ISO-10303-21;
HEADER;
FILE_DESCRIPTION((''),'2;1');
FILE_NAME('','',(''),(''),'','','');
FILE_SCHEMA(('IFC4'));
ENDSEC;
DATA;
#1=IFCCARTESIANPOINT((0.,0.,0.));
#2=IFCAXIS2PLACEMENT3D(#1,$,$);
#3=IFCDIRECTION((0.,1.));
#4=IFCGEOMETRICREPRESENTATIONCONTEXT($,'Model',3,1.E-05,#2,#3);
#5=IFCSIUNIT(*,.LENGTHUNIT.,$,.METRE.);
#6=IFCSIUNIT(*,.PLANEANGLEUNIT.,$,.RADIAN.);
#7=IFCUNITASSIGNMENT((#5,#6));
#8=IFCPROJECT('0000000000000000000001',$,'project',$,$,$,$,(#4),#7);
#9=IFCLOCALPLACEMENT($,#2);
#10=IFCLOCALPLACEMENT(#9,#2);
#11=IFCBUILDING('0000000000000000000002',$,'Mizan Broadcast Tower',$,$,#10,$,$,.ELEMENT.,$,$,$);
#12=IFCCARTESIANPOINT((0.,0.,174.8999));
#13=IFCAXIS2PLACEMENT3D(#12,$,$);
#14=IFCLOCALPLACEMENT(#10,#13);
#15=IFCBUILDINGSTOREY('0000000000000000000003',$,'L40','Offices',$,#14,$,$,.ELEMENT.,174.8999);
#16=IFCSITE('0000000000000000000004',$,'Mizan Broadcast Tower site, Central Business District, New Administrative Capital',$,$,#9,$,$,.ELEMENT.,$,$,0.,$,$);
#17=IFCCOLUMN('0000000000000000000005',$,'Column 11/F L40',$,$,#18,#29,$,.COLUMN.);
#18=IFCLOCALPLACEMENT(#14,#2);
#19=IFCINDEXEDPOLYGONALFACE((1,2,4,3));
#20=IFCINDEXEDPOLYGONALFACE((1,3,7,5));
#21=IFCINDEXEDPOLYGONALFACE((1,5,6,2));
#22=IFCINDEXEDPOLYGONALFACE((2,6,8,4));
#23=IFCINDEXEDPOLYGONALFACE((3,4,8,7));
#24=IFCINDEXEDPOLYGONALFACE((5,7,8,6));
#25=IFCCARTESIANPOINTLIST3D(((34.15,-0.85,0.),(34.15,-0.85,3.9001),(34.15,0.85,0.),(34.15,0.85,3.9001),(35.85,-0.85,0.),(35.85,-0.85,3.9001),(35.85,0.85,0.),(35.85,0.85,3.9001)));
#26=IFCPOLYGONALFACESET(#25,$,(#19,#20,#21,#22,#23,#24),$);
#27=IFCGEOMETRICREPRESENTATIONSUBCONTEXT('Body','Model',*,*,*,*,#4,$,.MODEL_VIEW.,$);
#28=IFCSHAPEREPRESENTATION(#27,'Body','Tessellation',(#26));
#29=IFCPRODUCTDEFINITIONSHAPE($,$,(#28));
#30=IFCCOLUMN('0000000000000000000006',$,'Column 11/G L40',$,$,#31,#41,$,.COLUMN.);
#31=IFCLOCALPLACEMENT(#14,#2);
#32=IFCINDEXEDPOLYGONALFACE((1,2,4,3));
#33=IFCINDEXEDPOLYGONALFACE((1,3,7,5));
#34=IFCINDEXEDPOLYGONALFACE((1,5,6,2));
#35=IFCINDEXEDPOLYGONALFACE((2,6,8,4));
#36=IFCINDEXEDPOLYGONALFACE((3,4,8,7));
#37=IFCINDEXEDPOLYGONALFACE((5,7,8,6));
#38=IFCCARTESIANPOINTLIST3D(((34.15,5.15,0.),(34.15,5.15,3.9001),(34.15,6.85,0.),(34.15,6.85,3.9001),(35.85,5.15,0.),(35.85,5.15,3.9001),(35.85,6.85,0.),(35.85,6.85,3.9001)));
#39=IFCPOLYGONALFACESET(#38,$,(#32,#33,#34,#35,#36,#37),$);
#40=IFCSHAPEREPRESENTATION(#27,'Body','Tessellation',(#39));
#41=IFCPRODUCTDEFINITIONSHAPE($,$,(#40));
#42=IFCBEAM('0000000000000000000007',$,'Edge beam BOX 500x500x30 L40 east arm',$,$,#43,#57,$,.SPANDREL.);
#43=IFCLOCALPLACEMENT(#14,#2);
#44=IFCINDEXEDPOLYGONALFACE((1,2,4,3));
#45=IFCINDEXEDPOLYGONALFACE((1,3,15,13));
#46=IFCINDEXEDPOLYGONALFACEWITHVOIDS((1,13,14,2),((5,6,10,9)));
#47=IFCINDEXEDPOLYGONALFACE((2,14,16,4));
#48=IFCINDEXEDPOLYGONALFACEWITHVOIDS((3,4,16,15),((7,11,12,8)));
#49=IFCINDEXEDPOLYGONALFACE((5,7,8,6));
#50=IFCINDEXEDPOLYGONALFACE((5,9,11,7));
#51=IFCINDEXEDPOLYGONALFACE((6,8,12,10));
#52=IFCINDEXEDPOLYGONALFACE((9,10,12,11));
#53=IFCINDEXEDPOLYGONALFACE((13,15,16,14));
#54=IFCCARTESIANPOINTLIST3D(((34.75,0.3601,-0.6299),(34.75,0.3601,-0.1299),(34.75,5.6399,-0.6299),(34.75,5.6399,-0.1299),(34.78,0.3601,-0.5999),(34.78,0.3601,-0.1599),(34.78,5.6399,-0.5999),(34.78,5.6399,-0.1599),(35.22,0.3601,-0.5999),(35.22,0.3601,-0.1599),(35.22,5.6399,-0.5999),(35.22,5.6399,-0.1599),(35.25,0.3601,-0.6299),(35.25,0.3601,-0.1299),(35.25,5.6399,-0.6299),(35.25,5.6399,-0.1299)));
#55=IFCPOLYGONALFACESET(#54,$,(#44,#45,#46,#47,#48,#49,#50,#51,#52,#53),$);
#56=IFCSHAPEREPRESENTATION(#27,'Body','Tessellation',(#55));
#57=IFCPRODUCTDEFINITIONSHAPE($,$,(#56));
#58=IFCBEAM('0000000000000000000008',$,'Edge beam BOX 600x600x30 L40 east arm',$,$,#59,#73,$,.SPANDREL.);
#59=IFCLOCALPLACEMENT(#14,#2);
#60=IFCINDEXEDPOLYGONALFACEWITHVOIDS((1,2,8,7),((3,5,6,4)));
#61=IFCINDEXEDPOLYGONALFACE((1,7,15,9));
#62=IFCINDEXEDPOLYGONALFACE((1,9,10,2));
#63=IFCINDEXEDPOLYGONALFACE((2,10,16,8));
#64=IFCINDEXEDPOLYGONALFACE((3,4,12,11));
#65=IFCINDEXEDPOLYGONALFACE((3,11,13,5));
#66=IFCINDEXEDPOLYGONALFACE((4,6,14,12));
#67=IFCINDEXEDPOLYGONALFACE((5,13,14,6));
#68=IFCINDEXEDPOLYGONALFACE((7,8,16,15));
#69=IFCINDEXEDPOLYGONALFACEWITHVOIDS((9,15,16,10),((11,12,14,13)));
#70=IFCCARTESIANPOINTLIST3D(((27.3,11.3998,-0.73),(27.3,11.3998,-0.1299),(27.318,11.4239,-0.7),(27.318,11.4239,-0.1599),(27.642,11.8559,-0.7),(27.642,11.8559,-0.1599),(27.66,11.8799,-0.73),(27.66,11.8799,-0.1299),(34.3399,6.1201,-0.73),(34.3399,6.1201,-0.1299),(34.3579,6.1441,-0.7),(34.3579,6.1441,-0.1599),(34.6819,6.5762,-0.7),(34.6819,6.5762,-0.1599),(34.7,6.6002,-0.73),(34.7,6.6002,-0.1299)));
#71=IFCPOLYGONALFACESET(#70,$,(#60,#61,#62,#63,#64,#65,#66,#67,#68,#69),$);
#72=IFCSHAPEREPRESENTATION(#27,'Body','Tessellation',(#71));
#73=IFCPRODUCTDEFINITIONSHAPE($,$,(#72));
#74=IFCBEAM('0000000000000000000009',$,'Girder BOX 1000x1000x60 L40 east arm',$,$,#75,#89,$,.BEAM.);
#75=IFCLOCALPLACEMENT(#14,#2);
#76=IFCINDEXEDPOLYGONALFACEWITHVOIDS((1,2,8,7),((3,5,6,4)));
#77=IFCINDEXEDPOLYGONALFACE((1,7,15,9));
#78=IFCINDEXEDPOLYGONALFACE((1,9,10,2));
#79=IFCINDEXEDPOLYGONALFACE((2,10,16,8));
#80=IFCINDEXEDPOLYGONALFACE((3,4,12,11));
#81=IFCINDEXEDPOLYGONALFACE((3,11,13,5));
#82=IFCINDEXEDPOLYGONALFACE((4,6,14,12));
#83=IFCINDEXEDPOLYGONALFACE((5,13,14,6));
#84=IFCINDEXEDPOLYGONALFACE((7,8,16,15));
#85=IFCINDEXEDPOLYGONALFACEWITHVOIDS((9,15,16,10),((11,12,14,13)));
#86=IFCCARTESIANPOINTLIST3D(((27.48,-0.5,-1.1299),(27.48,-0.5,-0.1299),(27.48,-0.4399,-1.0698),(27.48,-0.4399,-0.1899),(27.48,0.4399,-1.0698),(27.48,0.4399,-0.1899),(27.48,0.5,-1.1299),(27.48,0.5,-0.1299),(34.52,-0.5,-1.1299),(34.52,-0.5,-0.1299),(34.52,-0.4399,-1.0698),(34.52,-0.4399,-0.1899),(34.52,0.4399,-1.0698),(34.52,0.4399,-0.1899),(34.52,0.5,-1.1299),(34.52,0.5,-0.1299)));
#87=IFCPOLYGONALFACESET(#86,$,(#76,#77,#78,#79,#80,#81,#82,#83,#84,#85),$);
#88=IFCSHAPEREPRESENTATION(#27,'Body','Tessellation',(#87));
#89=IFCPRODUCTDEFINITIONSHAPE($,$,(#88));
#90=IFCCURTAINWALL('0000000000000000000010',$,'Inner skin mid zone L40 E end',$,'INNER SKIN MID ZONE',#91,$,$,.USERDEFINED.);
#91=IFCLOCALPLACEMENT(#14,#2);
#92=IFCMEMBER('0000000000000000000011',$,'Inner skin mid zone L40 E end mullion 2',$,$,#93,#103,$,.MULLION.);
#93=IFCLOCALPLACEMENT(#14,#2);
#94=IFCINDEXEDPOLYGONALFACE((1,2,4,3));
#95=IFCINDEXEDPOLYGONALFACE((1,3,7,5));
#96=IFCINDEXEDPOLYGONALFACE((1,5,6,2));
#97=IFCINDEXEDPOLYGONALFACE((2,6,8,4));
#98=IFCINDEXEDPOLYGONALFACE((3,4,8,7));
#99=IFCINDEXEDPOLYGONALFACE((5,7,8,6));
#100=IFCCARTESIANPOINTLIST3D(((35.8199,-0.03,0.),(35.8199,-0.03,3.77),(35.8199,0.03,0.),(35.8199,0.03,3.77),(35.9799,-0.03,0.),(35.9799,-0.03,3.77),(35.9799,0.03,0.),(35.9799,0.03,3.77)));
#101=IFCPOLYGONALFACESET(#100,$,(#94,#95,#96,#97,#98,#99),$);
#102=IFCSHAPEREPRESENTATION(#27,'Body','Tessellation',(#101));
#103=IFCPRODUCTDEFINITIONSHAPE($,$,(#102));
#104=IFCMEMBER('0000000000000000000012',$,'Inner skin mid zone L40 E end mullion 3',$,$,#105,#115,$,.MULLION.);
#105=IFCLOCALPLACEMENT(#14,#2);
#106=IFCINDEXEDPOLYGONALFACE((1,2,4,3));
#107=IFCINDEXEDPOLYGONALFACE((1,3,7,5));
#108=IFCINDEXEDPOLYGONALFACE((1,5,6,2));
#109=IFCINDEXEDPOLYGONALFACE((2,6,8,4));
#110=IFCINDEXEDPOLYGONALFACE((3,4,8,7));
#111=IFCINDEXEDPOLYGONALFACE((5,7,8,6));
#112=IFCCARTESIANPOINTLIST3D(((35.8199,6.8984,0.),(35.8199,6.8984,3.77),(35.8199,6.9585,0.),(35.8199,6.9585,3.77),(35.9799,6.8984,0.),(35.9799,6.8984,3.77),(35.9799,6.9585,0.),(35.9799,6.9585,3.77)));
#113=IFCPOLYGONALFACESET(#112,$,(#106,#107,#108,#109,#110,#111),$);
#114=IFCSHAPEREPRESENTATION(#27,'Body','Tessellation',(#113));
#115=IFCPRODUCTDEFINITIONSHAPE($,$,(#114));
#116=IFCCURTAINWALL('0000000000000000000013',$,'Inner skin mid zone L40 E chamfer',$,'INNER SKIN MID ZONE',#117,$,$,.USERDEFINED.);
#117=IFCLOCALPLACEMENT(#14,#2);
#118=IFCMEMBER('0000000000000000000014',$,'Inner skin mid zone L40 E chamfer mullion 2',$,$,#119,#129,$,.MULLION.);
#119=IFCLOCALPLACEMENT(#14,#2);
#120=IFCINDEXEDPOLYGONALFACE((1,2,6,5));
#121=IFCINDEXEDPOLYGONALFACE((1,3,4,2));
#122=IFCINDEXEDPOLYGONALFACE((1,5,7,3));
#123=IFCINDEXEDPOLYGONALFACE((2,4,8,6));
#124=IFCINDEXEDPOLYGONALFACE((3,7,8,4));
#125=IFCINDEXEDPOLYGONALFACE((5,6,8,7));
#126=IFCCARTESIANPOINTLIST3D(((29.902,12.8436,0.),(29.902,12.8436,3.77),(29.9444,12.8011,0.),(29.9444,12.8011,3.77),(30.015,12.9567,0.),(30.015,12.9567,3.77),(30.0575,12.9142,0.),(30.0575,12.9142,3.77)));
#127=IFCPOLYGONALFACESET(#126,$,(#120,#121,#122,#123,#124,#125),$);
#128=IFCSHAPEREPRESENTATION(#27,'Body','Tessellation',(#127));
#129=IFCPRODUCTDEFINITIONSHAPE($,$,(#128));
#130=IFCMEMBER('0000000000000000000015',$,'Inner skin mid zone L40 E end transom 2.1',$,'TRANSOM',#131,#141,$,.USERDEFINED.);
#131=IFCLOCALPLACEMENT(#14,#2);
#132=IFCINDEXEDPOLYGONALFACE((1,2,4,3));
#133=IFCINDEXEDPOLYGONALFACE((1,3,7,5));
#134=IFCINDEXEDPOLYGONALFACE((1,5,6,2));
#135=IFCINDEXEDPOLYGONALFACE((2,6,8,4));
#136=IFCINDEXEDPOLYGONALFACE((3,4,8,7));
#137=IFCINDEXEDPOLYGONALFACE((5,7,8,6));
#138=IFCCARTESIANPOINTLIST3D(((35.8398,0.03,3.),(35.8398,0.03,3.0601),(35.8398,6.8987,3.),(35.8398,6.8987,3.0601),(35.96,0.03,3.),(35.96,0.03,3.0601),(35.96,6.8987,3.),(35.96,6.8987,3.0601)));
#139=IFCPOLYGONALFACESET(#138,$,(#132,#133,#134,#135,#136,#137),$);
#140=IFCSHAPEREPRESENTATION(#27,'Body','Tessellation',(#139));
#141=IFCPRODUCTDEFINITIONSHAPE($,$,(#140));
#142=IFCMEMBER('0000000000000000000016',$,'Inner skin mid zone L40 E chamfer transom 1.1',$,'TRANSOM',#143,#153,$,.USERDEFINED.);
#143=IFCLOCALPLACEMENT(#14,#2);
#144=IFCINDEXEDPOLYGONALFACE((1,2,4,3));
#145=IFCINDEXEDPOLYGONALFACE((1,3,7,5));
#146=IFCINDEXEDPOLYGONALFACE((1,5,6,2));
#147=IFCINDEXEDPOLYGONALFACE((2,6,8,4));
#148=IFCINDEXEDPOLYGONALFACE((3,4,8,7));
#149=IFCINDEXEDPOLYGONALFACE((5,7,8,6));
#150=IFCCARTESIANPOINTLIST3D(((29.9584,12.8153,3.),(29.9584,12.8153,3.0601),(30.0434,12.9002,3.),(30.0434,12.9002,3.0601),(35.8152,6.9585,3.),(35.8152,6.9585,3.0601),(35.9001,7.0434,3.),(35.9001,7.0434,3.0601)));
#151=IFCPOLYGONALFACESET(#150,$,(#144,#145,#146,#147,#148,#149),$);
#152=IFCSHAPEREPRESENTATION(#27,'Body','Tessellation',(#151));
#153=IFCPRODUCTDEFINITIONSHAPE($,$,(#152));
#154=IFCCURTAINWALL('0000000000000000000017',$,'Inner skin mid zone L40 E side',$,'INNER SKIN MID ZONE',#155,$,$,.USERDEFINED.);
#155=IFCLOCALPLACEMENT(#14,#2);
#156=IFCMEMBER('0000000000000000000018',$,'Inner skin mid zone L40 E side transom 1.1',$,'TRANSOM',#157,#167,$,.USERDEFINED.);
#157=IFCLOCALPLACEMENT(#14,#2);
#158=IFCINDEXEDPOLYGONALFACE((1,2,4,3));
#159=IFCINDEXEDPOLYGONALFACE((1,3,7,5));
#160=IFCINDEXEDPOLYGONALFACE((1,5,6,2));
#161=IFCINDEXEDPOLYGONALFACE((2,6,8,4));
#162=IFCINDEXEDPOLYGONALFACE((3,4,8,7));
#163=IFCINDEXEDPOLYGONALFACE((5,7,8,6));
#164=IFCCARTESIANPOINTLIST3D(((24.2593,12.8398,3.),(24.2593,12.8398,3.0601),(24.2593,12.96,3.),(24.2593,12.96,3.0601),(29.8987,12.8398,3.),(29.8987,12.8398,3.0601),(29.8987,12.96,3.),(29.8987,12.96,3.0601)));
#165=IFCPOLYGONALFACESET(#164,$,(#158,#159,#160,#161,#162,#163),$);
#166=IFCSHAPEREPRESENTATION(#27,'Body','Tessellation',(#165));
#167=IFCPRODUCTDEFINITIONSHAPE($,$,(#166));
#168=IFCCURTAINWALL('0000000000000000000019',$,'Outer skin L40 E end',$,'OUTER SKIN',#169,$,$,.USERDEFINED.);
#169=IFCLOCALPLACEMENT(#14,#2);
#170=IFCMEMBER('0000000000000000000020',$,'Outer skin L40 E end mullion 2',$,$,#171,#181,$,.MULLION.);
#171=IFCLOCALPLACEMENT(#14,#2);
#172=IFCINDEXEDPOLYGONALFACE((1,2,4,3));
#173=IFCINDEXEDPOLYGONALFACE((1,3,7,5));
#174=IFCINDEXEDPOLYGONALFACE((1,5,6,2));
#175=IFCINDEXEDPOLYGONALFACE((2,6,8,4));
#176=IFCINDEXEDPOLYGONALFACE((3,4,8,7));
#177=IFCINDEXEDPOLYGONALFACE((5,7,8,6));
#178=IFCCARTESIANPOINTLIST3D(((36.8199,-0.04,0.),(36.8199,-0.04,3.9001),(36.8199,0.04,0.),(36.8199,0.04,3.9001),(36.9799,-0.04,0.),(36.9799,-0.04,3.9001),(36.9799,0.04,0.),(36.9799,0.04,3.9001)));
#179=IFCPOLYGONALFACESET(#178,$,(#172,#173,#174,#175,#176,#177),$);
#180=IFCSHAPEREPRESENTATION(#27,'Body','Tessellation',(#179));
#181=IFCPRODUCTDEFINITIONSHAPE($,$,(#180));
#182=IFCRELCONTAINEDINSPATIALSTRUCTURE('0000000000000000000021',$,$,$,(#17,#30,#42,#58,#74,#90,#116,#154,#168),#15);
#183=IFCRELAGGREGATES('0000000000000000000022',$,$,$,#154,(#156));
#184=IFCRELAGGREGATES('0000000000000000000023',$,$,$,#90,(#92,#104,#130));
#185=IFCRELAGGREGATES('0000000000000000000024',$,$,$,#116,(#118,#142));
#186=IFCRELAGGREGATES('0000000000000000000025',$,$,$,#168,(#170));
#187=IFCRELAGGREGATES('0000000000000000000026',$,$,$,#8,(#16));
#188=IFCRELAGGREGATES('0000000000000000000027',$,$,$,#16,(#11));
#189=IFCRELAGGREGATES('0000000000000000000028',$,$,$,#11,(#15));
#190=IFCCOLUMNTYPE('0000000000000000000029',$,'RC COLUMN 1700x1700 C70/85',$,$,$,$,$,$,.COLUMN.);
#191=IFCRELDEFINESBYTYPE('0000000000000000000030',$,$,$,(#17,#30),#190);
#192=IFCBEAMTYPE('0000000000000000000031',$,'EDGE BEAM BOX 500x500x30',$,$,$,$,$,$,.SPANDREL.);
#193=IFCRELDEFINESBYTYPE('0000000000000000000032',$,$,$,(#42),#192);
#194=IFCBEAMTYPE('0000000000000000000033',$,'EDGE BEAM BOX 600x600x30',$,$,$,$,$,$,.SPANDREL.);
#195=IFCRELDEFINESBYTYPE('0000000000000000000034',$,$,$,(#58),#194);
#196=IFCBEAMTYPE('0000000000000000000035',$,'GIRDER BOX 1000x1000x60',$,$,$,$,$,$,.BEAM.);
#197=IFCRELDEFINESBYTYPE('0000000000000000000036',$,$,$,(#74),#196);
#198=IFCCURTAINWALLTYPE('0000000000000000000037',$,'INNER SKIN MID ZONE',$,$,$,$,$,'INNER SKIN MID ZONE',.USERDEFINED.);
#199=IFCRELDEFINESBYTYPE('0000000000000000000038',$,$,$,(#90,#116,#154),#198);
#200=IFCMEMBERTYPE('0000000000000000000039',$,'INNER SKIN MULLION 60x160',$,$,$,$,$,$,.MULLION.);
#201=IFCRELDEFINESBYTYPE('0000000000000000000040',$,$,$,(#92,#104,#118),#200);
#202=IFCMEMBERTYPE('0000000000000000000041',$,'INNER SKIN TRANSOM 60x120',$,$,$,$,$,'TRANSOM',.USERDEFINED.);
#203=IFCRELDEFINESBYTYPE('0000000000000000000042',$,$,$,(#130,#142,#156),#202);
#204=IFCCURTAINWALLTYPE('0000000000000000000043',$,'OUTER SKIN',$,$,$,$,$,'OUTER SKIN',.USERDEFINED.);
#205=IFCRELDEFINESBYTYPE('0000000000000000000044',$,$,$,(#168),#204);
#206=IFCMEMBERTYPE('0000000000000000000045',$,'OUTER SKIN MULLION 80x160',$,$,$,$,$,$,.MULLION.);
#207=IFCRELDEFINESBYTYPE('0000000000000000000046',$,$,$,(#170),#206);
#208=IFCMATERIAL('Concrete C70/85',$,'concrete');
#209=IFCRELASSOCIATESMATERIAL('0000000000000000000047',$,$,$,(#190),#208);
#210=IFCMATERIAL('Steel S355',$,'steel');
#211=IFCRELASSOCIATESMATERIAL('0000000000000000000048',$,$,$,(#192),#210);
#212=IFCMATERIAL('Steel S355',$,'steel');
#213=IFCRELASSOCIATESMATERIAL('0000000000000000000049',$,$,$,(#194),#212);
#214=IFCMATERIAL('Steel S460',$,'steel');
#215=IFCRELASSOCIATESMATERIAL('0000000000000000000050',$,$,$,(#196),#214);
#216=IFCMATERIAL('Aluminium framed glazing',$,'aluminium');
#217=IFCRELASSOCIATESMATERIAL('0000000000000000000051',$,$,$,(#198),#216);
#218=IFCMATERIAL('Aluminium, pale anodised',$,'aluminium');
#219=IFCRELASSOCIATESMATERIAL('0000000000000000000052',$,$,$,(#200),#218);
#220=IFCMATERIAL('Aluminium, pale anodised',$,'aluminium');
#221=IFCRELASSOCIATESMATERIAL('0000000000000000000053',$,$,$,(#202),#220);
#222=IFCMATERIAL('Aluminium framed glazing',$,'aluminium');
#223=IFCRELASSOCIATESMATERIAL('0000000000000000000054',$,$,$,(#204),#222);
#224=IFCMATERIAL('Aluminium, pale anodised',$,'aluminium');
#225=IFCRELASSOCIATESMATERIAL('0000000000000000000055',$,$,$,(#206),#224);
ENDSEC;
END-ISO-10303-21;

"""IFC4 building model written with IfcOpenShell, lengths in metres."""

from ifc_helpers import new_model, si_unit, direction, frame, origin, origin_2d, place, context, subcontext, project, spatial, rectangle, hollow_rectangle, extrude, material, material_profile, profile_set, type_object, element, aggregate, save


model = new_model("IFC4")

# Units and contexts
model_context = context("Model", 3, precision=1e-05, world=origin(), true_north=direction((0.0, 1.0)))
body_context = subcontext(model_context, "Body", "Model", "MODEL_VIEW")
ifc_project = project(units=[si_unit("LENGTHUNIT", "METRE"), si_unit("PLANEANGLEUNIT", "RADIAN")], contexts=[model_context])

# Site, building, storey
site_placement = place(None, origin())
site = spatial("IfcSite", under=ifc_project, at=site_placement, Name="Mizan Broadcast Tower site, Central Business District, New Administrative Capital", CompositionType="ELEMENT", RefElevation=0.0)
building_placement = place(site_placement, origin())
building = spatial("IfcBuilding", under=site, at=building_placement, Name="Mizan Broadcast Tower", CompositionType="ELEMENT")
storey_placement = place(building_placement, frame((0.0, 0.0, 174.8999)))
storey = spatial("IfcBuildingStorey", under=building, at=storey_placement, Name="L40", Description="Offices", CompositionType="ELEMENT", Elevation=174.8999)

# Columns
ifc_material_1 = material(Name="Concrete C70/85", Category="concrete")
ifc_material_profile_1 = material_profile(ifc_material_1, rectangle(XDim=1.7, YDim=1.7, at=origin_2d()), Name="RC 1700x1700")
ifc_profile_set_1 = profile_set([ifc_material_profile_1], Name="Concrete C70/85")
column_type = type_object("IfcColumnType", Name="RC COLUMN 1700x1700 C70/85", PredefinedType="COLUMN", material=ifc_profile_set_1)
for number, where, z_axis, x_axis, name in (
    (1, (35.0, 0.0, 0.0), (0.0, 0.0, 1.0), (1.0, 0.0, 0.0), "Column 11/F L40"),
    (2, (35.0, 6.0, 0.0), (0.0, 0.0, 1.0), (1.0, 0.0, 0.0), "Column 11/G L40"),
):
    element("IfcColumn", number, at=place(storey_placement, frame(where, z_axis=z_axis, x_axis=x_axis)), inside=storey, type_object=column_type, Name=name, PredefinedType="COLUMN", context=body_context, shape_type="SweptSolid", body=[
        extrude(rectangle(XDim=1.7, YDim=1.7, at=origin_2d()), origin(), (0.0, 0.0, 1.0), 3.9001),
    ])

# Beams
ifc_material_2 = material(Name="Steel S355", Category="steel")
ifc_material_profile_2 = material_profile(ifc_material_2, hollow_rectangle(XDim=0.5, YDim=0.5, WallThickness=0.03, at=origin_2d()), Name="BOX 500x500x30")
ifc_profile_set_2 = profile_set([ifc_material_profile_2], Name="Steel S355")
beam_type_1 = type_object("IfcBeamType", Name="EDGE BEAM BOX 500x500x30", PredefinedType="SPANDREL", material=ifc_profile_set_2)
beam_1_placement = place(storey_placement, frame((35.0, 5.6399, -0.3799), z_axis=(0.0, -1.0, 0.0), x_axis=(1.0, 0.0, 0.0)))
element("IfcBeam", 3, at=beam_1_placement, inside=storey, type_object=beam_type_1, Name="Edge beam BOX 500x500x30 L40 east arm", PredefinedType="SPANDREL", context=body_context, shape_type="SweptSolid", body=[
    extrude(hollow_rectangle(XDim=0.5, YDim=0.5, WallThickness=0.03, at=origin_2d()), origin(), (0.0, 0.0, 1.0), 5.2798),
])
ifc_material_3 = material(Name="Steel S355", Category="steel")
ifc_material_profile_3 = material_profile(ifc_material_3, hollow_rectangle(XDim=0.6001, YDim=0.6001, WallThickness=0.03, at=origin_2d()), Name="BOX 600x600x30")
ifc_profile_set_3 = profile_set([ifc_material_profile_3], Name="Steel S355")
beam_type_2 = type_object("IfcBeamType", Name="EDGE BEAM BOX 600x600x30", PredefinedType="SPANDREL", material=ifc_profile_set_3)
beam_2_placement = place(storey_placement, frame((27.48, 11.6399, -0.4299), z_axis=(0.800013, -0.599982, 0.0), x_axis=(0.599982, 0.800013, 0.0)))
element("IfcBeam", 4, at=beam_2_placement, inside=storey, type_object=beam_type_2, Name="Edge beam BOX 600x600x30 L40 east arm", PredefinedType="SPANDREL", context=body_context, shape_type="SweptSolid", body=[
    extrude(hollow_rectangle(XDim=0.6001, YDim=0.6001, WallThickness=0.03, at=origin_2d()), origin(), (0.0, 0.0, 1.0), 8.7998),
])
ifc_material_4 = material(Name="Steel S460", Category="steel")
ifc_material_profile_4 = material_profile(ifc_material_4, hollow_rectangle(XDim=1.0, YDim=1.0, WallThickness=0.0601, at=origin_2d()), Name="BOX 1000x1000x60")
ifc_profile_set_4 = profile_set([ifc_material_profile_4], Name="Steel S460")
beam_type_3 = type_object("IfcBeamType", Name="GIRDER BOX 1000x1000x60", PredefinedType="BEAM", material=ifc_profile_set_4)
beam_3_placement = place(storey_placement, frame((27.48, 0.0, -0.6299), z_axis=(1.0, 0.0, 0.0), x_axis=(0.0, 1.0, 0.0)))
element("IfcBeam", 5, at=beam_3_placement, inside=storey, type_object=beam_type_3, Name="Girder BOX 1000x1000x60 L40 east arm", PredefinedType="BEAM", context=body_context, shape_type="SweptSolid", body=[
    extrude(hollow_rectangle(XDim=1.0, YDim=1.0, WallThickness=0.0601, at=origin_2d()), origin(), (0.0, 0.0, 1.0), 7.04),
])

# Curtain wall, members
ifc_material_5 = material(Name="Aluminium framed glazing", Category="aluminium")
curtain_wall_type_1 = type_object("IfcCurtainWallType", Name="INNER SKIN MID ZONE", ElementType="INNER SKIN MID ZONE", PredefinedType="USERDEFINED", material=ifc_material_5)
curtain_wall_1_placement = place(storey_placement, origin())
curtain_wall_1 = element("IfcCurtainWall", 6, at=curtain_wall_1_placement, inside=storey, type_object=curtain_wall_type_1, Name="Inner skin mid zone L40 E end", ObjectType="INNER SKIN MID ZONE", PredefinedType="USERDEFINED")
ifc_material_6 = material(Name="Aluminium, pale anodised", Category="aluminium")
ifc_material_profile_5 = material_profile(ifc_material_6, rectangle(XDim=0.1599, YDim=0.0601, at=origin_2d()), Name="MULLION 160x60")
ifc_profile_set_5 = profile_set([ifc_material_profile_5], Name="Aluminium, pale anodised")
member_type_1 = type_object("IfcMemberType", Name="INNER SKIN MULLION 60x160", PredefinedType="MULLION", material=ifc_profile_set_5)
member_1_placement = place(storey_placement, frame((35.8999, 0.0, 0.0), z_axis=(0.0, 0.0, 1.0), x_axis=(-1.0, 0.0, 0.0)))
member_1 = element("IfcMember", 7, at=member_1_placement, type_object=member_type_1, Name="Inner skin mid zone L40 E end mullion 2", PredefinedType="MULLION", context=body_context, shape_type="SweptSolid", body=[
    extrude(rectangle(XDim=0.1599, YDim=0.0601, at=origin_2d()), origin(), (0.0, 0.0, 1.0), 3.77),
])
member_2_placement = place(storey_placement, frame((35.8999, 6.9285, 0.0), z_axis=(0.0, 0.0, 1.0), x_axis=(-1.0, 0.0, 0.0)))
member_2 = element("IfcMember", 8, at=member_2_placement, type_object=member_type_1, Name="Inner skin mid zone L40 E end mullion 3", PredefinedType="MULLION", context=body_context, shape_type="SweptSolid", body=[
    extrude(rectangle(XDim=0.1599, YDim=0.0601, at=origin_2d()), origin(), (0.0, 0.0, 1.0), 3.77),
])

# Curtain wall, member
curtain_wall_2_placement = place(storey_placement, origin())
curtain_wall_2 = element("IfcCurtainWall", 9, at=curtain_wall_2_placement, inside=storey, type_object=curtain_wall_type_1, Name="Inner skin mid zone L40 E chamfer", ObjectType="INNER SKIN MID ZONE", PredefinedType="USERDEFINED")
member_3_placement = place(storey_placement, frame((29.9797, 12.8789, 0.0), z_axis=(0.0, 0.0, 1.0), x_axis=(-0.707107, -0.707107, 0.0)))
member_3 = element("IfcMember", 10, at=member_3_placement, type_object=member_type_1, Name="Inner skin mid zone L40 E chamfer mullion 2", PredefinedType="MULLION", context=body_context, shape_type="SweptSolid", body=[
    extrude(rectangle(XDim=0.1599, YDim=0.0601, at=origin_2d()), origin(), (0.0, 0.0, 1.0), 3.77),
])

# Members
ifc_material_7 = material(Name="Aluminium, pale anodised", Category="aluminium")
ifc_material_profile_6 = material_profile(ifc_material_7, rectangle(XDim=0.1201, YDim=0.0601, at=origin_2d()), Name="TRANSOM 120x60")
ifc_profile_set_6 = profile_set([ifc_material_profile_6], Name="Aluminium, pale anodised")
member_type_2 = type_object("IfcMemberType", Name="INNER SKIN TRANSOM 60x120", ElementType="TRANSOM", PredefinedType="USERDEFINED", material=ifc_profile_set_6)
member_4_placement = place(storey_placement, frame((35.8999, 0.03, 3.03), z_axis=(0.0, 1.0, 0.0), x_axis=(-1.0, 0.0, 0.0)))
member_4 = element("IfcMember", 11, at=member_4_placement, type_object=member_type_2, Name="Inner skin mid zone L40 E end transom 2.1", ObjectType="TRANSOM", PredefinedType="USERDEFINED", context=body_context, shape_type="SweptSolid", body=[
    extrude(rectangle(XDim=0.1201, YDim=0.0601, at=origin_2d()), origin(), (0.0, 0.0, 1.0), 6.8687),
])
member_5_placement = place(storey_placement, frame((35.8577, 7.001, 3.03), z_axis=(-0.707107, 0.707107, 0.0), x_axis=(-0.707107, -0.707107, 0.0)))
member_5 = element("IfcMember", 12, at=member_5_placement, type_object=member_type_2, Name="Inner skin mid zone L40 E chamfer transom 1.1", ObjectType="TRANSOM", PredefinedType="USERDEFINED", context=body_context, shape_type="SweptSolid", body=[
    extrude(rectangle(XDim=0.1201, YDim=0.0601, at=origin_2d()), origin(), (0.0, 0.0, 1.0), 8.2827),
])

# Curtain wall, member
curtain_wall_3_placement = place(storey_placement, origin())
curtain_wall_3 = element("IfcCurtainWall", 13, at=curtain_wall_3_placement, inside=storey, type_object=curtain_wall_type_1, Name="Inner skin mid zone L40 E side", ObjectType="INNER SKIN MID ZONE", PredefinedType="USERDEFINED")
member_6_placement = place(storey_placement, frame((29.8987, 12.8999, 3.03), z_axis=(-1.0, 0.0, 0.0), x_axis=(0.0, -1.0, 0.0)))
member_6 = element("IfcMember", 14, at=member_6_placement, type_object=member_type_2, Name="Inner skin mid zone L40 E side transom 1.1", ObjectType="TRANSOM", PredefinedType="USERDEFINED", context=body_context, shape_type="SweptSolid", body=[
    extrude(rectangle(XDim=0.1201, YDim=0.0601, at=origin_2d()), origin(), (0.0, 0.0, 1.0), 5.6394),
])
aggregate(curtain_wall_3, [member_6])

# Curtain wall, member
ifc_material_8 = material(Name="Aluminium framed glazing", Category="aluminium")
curtain_wall_type_2 = type_object("IfcCurtainWallType", Name="OUTER SKIN", ElementType="OUTER SKIN", PredefinedType="USERDEFINED", material=ifc_material_8)
curtain_wall_4_placement = place(storey_placement, origin())
curtain_wall_4 = element("IfcCurtainWall", 15, at=curtain_wall_4_placement, inside=storey, type_object=curtain_wall_type_2, Name="Outer skin L40 E end", ObjectType="OUTER SKIN", PredefinedType="USERDEFINED")
ifc_material_9 = material(Name="Aluminium, pale anodised", Category="aluminium")
ifc_material_profile_7 = material_profile(ifc_material_9, rectangle(XDim=0.1599, YDim=0.0801, at=origin_2d()), Name="MULLION 160x80")
ifc_profile_set_7 = profile_set([ifc_material_profile_7], Name="Aluminium, pale anodised")
member_type_3 = type_object("IfcMemberType", Name="OUTER SKIN MULLION 80x160", PredefinedType="MULLION", material=ifc_profile_set_7)
member_7_placement = place(storey_placement, frame((36.8999, 0.0, 0.0), z_axis=(0.0, 0.0, 1.0), x_axis=(-1.0, 0.0, 0.0)))
member_7 = element("IfcMember", 16, at=member_7_placement, type_object=member_type_3, Name="Outer skin L40 E end mullion 2", PredefinedType="MULLION", context=body_context, shape_type="SweptSolid", body=[
    extrude(rectangle(XDim=0.1599, YDim=0.0801, at=origin_2d()), origin(), (0.0, 0.0, 1.0), 3.9001),
])

aggregate(curtain_wall_1, [member_1, member_2, member_4])
aggregate(curtain_wall_2, [member_3, member_5])
aggregate(curtain_wall_4, [member_7])

save(model, "model.ifc")
